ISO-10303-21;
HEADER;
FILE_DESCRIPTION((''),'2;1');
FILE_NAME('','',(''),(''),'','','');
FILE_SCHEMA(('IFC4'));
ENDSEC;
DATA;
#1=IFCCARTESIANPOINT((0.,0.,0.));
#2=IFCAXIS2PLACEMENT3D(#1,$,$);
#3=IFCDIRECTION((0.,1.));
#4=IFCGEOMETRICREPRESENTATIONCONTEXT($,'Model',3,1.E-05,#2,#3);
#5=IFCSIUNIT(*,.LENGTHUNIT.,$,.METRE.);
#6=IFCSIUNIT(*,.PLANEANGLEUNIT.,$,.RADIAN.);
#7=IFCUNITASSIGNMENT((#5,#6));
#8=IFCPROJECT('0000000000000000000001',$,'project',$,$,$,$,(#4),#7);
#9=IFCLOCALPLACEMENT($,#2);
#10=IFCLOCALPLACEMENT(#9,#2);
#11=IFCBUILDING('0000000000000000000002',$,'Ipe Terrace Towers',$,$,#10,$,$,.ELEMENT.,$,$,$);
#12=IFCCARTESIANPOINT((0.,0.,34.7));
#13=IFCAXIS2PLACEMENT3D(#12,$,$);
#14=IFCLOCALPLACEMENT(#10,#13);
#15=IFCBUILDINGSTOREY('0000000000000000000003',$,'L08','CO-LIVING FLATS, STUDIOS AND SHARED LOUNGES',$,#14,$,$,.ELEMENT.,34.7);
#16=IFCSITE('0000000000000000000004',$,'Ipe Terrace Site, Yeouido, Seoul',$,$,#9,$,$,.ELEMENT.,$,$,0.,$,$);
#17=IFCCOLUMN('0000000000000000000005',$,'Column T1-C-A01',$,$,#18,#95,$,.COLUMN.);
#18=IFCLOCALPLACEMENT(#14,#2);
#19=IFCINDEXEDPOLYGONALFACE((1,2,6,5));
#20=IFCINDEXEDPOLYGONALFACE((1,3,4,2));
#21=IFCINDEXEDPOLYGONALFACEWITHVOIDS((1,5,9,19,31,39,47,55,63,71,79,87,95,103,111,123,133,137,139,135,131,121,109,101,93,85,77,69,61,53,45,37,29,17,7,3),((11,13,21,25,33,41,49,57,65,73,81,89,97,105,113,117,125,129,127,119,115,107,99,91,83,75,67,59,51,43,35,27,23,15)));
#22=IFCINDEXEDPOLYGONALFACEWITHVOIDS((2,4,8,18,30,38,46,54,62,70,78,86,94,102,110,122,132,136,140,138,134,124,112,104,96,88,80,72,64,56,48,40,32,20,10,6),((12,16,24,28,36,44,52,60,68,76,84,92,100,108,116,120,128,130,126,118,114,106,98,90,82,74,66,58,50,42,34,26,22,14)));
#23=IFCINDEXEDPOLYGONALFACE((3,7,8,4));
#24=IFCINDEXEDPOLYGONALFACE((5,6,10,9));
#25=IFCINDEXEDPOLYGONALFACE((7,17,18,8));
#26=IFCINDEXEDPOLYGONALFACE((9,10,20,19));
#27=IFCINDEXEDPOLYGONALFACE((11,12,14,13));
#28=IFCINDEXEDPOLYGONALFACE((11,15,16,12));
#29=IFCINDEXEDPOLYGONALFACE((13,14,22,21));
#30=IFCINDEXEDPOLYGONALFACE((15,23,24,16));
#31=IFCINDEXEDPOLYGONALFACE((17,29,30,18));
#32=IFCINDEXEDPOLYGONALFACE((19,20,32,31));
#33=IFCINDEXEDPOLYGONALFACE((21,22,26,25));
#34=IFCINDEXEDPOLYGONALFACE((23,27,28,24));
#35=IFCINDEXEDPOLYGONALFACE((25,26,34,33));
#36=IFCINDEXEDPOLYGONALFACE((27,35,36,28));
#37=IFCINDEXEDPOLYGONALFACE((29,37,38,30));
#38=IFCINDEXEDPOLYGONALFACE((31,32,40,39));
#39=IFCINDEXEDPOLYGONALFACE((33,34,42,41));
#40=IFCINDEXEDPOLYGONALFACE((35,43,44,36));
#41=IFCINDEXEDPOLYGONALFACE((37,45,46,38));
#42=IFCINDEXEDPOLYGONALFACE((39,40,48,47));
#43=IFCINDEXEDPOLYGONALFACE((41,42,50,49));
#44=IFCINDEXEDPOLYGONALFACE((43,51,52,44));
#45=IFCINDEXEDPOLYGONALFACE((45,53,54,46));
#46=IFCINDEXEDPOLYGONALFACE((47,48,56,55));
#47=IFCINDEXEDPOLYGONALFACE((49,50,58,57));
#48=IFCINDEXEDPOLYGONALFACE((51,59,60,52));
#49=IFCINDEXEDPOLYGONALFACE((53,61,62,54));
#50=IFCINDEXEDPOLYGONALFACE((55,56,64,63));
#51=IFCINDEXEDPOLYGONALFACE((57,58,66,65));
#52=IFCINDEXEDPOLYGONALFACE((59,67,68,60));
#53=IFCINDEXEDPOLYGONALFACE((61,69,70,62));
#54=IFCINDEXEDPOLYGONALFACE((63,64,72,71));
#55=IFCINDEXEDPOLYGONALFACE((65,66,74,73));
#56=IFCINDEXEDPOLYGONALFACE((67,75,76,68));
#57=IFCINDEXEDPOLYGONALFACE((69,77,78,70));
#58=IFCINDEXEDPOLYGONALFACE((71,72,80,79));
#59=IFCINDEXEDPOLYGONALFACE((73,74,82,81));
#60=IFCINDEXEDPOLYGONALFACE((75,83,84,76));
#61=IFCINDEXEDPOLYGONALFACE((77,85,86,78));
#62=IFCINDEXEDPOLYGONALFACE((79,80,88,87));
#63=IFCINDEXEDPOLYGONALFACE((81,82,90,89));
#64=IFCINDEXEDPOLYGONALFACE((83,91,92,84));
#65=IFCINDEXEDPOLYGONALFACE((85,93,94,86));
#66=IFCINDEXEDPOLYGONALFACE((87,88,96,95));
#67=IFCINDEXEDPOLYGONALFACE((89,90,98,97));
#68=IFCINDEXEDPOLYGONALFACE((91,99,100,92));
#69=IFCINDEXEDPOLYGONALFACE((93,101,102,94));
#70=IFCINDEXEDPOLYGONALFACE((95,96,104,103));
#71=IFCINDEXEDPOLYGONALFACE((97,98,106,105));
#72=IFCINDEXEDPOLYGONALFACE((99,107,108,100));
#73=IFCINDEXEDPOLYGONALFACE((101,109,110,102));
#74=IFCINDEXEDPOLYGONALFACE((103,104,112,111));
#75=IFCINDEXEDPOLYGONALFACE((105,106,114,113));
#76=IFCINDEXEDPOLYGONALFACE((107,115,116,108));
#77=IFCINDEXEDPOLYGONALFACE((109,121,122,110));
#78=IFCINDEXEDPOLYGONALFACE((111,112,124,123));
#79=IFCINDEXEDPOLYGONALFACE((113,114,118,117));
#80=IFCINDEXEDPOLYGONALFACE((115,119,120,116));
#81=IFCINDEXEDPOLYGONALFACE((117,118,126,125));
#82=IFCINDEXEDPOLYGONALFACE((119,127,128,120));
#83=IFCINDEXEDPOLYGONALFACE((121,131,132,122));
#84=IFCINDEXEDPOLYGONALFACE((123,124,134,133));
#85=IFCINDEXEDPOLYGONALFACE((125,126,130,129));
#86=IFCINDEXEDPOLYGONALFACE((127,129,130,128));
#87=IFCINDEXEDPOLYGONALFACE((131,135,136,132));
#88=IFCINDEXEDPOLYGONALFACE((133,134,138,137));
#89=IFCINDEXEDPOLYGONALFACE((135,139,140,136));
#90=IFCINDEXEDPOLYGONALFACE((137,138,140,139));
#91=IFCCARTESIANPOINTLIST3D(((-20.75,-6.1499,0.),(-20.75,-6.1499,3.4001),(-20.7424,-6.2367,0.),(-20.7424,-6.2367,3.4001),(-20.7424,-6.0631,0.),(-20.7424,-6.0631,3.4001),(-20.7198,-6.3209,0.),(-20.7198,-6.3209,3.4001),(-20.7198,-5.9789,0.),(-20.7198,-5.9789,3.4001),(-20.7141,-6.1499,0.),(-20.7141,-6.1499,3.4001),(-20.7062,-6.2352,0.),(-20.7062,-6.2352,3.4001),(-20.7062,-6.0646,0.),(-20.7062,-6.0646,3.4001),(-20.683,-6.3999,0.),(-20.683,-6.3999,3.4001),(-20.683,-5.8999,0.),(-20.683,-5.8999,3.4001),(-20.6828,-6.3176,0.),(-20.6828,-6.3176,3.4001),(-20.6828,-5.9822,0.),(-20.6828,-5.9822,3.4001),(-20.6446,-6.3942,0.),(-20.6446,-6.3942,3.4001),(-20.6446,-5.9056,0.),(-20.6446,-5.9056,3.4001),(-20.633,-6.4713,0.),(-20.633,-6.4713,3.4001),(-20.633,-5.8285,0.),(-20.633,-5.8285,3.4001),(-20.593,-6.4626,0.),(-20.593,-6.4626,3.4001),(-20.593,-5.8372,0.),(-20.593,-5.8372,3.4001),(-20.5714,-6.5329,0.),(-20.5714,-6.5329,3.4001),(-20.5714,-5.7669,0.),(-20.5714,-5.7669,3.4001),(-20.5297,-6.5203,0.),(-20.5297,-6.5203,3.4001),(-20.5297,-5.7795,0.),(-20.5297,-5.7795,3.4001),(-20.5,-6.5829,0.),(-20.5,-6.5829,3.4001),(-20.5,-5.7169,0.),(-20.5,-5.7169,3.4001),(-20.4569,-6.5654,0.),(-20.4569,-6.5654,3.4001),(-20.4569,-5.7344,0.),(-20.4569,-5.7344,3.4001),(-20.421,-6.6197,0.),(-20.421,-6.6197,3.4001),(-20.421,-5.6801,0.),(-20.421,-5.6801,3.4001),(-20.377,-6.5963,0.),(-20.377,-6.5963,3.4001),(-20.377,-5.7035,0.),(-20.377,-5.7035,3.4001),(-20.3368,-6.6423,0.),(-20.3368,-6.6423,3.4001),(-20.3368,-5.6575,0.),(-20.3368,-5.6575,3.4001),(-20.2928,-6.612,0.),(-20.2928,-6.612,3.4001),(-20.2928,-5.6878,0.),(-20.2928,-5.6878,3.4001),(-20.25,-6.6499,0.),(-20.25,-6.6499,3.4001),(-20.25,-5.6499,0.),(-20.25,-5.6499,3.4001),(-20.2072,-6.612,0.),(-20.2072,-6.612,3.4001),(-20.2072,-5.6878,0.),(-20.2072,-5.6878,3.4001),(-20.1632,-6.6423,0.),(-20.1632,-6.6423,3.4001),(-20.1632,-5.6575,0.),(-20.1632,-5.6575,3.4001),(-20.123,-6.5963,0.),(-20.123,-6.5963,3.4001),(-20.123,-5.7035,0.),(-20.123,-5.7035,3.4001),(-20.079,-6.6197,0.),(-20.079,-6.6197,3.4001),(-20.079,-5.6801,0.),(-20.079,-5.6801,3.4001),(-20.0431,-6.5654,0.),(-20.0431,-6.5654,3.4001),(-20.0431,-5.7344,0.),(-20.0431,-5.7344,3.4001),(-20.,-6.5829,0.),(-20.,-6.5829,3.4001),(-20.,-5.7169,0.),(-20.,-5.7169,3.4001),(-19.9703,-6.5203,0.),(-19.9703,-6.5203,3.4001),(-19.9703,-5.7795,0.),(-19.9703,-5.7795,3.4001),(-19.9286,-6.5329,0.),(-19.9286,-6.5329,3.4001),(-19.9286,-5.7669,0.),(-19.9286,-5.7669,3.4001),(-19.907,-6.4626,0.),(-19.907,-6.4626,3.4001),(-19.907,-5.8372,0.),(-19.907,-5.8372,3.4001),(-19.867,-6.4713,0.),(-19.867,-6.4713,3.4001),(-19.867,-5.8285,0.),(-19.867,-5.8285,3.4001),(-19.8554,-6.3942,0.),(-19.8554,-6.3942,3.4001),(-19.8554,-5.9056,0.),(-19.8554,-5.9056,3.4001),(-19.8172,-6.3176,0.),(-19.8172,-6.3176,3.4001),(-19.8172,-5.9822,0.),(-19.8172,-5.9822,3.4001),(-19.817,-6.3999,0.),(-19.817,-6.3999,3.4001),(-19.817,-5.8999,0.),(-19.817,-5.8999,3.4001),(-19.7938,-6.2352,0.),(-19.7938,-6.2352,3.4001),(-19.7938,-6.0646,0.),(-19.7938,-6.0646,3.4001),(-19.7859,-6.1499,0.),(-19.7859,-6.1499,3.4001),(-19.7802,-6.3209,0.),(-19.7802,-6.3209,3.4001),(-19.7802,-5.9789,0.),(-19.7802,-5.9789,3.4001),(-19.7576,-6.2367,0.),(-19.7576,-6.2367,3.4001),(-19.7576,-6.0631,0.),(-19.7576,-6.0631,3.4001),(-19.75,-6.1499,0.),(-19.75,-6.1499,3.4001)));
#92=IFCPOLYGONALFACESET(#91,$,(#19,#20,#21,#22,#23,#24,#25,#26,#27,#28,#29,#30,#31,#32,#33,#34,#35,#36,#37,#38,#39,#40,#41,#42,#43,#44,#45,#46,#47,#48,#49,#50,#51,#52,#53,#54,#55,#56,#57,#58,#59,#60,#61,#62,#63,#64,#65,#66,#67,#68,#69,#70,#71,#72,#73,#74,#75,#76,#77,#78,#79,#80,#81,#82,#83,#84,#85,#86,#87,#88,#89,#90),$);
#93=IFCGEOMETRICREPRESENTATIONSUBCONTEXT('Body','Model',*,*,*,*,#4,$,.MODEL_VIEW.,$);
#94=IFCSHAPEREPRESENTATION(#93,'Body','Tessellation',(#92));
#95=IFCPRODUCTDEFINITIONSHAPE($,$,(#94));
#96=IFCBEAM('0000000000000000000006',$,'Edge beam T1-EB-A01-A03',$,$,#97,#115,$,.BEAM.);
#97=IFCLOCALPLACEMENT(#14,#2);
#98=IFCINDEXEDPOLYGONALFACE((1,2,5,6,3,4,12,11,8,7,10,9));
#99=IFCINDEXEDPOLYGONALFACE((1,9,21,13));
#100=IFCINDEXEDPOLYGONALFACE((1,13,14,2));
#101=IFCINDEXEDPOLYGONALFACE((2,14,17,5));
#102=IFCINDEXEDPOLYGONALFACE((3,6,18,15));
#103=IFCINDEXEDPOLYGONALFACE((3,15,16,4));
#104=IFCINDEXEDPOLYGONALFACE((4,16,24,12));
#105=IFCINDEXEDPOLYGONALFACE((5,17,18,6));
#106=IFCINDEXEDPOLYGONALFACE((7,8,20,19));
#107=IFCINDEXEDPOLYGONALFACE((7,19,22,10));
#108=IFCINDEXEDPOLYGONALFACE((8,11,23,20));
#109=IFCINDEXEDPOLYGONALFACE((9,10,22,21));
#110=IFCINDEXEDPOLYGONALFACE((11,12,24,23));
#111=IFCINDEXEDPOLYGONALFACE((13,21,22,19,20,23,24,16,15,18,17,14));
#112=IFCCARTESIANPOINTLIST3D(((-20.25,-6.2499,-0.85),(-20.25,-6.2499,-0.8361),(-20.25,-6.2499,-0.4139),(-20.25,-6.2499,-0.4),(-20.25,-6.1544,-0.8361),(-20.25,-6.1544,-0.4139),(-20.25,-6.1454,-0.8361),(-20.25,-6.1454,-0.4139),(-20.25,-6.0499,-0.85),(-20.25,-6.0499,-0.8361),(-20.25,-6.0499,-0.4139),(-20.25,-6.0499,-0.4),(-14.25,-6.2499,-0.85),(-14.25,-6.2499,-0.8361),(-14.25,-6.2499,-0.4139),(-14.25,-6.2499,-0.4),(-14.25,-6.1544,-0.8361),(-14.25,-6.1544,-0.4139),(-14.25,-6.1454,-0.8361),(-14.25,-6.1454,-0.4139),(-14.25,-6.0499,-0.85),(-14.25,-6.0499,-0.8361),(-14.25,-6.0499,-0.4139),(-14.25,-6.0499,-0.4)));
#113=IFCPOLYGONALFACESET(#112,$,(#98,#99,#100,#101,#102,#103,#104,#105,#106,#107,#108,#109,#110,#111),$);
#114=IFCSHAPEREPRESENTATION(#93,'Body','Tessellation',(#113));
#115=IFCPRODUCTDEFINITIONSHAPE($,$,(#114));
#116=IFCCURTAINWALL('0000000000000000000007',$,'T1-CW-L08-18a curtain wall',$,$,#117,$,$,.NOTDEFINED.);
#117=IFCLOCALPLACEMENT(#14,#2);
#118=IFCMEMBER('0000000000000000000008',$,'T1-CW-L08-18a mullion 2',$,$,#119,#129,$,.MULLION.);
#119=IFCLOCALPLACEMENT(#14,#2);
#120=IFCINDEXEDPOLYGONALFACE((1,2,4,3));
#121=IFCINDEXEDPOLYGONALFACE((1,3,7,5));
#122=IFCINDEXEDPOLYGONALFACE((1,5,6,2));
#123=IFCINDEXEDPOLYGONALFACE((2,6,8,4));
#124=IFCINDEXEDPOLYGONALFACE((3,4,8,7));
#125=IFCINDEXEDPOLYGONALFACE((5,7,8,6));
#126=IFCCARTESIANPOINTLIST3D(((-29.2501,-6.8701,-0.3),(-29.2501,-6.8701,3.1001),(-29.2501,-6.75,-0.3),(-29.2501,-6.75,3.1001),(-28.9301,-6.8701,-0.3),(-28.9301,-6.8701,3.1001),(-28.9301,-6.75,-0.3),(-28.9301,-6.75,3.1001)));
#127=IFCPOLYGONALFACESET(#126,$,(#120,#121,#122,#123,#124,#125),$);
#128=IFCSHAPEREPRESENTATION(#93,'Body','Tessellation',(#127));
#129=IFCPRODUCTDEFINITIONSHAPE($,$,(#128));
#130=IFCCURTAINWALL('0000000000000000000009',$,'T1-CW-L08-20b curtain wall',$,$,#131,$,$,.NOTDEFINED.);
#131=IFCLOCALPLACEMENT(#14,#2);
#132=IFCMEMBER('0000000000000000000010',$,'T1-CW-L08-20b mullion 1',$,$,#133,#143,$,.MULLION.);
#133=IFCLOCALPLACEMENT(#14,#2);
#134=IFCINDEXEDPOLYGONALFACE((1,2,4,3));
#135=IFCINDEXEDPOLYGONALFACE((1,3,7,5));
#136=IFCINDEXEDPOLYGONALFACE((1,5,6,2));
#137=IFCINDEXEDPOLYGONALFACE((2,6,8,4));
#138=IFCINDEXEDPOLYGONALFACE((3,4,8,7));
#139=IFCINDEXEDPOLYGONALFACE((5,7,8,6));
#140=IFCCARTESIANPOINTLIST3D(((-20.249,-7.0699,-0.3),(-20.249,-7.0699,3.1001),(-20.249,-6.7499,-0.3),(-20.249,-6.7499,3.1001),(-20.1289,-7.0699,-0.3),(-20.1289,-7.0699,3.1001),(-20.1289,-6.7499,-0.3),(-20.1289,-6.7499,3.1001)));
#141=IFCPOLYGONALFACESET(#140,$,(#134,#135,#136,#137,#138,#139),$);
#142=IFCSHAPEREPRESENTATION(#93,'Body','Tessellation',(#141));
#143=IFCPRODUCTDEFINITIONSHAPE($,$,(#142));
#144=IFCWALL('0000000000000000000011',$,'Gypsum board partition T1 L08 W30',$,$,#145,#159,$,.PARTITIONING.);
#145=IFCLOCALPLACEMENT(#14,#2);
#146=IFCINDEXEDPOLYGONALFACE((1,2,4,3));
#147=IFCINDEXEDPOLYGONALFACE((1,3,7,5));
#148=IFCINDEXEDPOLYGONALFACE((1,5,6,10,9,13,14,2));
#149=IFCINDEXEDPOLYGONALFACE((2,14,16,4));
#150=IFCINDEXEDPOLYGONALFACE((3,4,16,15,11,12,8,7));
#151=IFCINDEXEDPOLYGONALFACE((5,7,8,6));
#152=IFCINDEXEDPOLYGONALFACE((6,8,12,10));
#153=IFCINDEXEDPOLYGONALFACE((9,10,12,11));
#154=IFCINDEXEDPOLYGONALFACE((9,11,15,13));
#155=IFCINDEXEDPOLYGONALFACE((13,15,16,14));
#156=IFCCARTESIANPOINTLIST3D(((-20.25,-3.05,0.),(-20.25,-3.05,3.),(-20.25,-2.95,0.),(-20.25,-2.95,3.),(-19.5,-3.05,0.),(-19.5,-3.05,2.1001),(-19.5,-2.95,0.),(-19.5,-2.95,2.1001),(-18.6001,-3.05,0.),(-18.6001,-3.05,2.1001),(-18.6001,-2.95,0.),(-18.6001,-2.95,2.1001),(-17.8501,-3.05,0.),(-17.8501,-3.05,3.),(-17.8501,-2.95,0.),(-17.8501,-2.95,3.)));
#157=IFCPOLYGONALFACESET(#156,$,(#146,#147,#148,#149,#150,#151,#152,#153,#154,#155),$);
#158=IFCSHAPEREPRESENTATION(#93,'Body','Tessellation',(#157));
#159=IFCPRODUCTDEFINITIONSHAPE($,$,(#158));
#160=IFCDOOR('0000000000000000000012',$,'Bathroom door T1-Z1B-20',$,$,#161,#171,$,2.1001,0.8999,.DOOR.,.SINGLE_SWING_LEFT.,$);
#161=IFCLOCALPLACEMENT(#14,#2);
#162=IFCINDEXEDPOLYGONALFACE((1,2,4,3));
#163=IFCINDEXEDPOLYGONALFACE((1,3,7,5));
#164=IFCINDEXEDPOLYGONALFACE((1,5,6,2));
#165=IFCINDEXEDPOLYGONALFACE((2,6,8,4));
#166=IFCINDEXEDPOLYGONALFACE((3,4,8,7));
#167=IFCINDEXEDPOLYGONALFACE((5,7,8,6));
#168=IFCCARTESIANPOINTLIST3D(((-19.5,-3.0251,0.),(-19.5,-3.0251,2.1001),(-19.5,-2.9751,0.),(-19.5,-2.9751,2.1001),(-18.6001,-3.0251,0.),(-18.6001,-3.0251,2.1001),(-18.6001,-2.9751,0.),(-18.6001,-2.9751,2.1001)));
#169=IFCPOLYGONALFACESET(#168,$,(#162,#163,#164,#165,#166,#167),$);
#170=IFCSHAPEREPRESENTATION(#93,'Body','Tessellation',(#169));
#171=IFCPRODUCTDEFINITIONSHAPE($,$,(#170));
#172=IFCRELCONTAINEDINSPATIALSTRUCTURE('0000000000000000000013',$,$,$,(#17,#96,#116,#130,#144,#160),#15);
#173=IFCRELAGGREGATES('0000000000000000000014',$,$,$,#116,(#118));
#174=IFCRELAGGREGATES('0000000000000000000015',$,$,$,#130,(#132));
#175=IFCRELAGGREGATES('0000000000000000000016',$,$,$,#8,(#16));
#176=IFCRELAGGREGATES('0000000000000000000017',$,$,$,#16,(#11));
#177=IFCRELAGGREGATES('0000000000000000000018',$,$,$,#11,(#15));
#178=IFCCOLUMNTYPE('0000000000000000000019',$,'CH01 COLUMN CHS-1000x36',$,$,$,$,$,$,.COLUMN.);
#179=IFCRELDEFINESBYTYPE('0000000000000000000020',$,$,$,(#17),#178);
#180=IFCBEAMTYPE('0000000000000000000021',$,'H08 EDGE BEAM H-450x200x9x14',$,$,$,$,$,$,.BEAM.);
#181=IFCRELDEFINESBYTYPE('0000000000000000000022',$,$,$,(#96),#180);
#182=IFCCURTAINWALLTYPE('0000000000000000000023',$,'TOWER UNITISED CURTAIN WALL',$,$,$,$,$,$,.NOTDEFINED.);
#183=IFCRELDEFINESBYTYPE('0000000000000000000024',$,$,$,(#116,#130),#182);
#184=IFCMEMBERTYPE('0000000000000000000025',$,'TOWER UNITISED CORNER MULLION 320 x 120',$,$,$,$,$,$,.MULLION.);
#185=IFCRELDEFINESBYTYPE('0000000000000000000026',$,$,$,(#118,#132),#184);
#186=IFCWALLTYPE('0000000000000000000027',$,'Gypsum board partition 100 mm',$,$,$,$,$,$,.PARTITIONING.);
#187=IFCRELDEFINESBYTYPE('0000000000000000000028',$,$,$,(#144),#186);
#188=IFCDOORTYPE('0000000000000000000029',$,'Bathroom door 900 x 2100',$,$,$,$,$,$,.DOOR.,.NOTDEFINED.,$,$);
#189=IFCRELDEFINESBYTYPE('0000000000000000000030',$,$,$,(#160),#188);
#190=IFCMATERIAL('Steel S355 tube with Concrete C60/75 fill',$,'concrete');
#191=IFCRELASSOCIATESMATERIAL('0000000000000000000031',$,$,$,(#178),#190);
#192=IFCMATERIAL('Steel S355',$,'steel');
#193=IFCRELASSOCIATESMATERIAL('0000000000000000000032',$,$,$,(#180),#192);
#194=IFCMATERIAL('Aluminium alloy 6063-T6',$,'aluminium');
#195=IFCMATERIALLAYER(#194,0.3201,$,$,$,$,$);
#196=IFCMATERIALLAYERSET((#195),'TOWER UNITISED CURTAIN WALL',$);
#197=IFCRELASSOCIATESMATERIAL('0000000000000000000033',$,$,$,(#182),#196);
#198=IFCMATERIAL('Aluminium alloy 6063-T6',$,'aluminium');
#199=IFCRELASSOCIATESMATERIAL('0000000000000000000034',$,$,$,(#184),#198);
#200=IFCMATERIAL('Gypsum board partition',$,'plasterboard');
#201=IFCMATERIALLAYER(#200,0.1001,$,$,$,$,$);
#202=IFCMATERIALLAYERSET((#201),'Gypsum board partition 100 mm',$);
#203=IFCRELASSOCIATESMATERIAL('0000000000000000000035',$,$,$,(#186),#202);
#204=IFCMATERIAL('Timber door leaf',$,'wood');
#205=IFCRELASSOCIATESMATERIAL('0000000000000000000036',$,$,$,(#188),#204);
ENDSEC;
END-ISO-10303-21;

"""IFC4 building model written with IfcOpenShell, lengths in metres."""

from ifc_helpers import new_model, si_unit, direction, frame, frame_2d, origin, origin_2d, place, context, subcontext, project, spatial, rectangle, hollow_circle, i_section, extrude, material, layer, layer_set, material_profile, profile_set, type_object, element, fill, aggregate, save


model = new_model("IFC4")

# Units and contexts
model_context = context("Model", 3, precision=1e-05, world=origin(), true_north=direction((0.0, 1.0)))
body_context = subcontext(model_context, "Body", "Model", "MODEL_VIEW")
ifc_project = project(units=[si_unit("LENGTHUNIT", "METRE"), si_unit("PLANEANGLEUNIT", "RADIAN")], contexts=[model_context])

# Site, building, storey
site_placement = place(None, origin())
site = spatial("IfcSite", under=ifc_project, at=site_placement, Name="Ipe Terrace Site, Yeouido, Seoul", CompositionType="ELEMENT", RefElevation=0.0)
building_placement = place(site_placement, origin())
building = spatial("IfcBuilding", under=site, at=building_placement, Name="Ipe Terrace Towers", CompositionType="ELEMENT")
storey_placement = place(building_placement, frame((0.0, 0.0, 34.7)))
storey = spatial("IfcBuildingStorey", under=building, at=storey_placement, Name="L08", Description="CO-LIVING FLATS, STUDIOS AND SHARED LOUNGES", CompositionType="ELEMENT", Elevation=34.7)

# Column
ifc_material_1 = material(Name="Steel S355 tube with Concrete C60/75 fill", Category="concrete")
ifc_material_profile_1 = material_profile(ifc_material_1, hollow_circle(Radius=0.5, WallThickness=0.0359, at=origin_2d()), Name="CHS-1000x36")
ifc_profile_set_1 = profile_set([ifc_material_profile_1], Name="Steel S355 tube with Concrete C60/75 fill")
column_type = type_object("IfcColumnType", Name="CH01 COLUMN CHS-1000x36", PredefinedType="COLUMN", material=ifc_profile_set_1)
column_placement = place(storey_placement, frame((-20.25, -6.1499, 0.0), z_axis=(0.0, 0.0, 1.0), x_axis=(1.0, 0.0, 0.0)))
element("IfcColumn", 1, at=column_placement, inside=storey, type_object=column_type, Name="Column T1-C-A01", PredefinedType="COLUMN", context=body_context, shape_type="SweptSolid", body=[
    extrude(hollow_circle(Radius=0.5, WallThickness=0.0359, at=origin_2d()), origin(), (0.0, 0.0, 1.0), 3.4001),
])

# Beam
ifc_material_2 = material(Name="Steel S355", Category="steel")
ifc_material_profile_2 = material_profile(ifc_material_2, i_section(OverallWidth=0.2, OverallDepth=0.45, WebThickness=0.009, FlangeThickness=0.0139, at=origin_2d()), Name="H-450x200x9x14")
ifc_profile_set_2 = profile_set([ifc_material_profile_2], Name="Steel S355")
beam_type = type_object("IfcBeamType", Name="H08 EDGE BEAM H-450x200x9x14", PredefinedType="BEAM", material=ifc_profile_set_2)
beam_placement = place(storey_placement, frame((-20.25, -6.1499, -0.625), z_axis=(1.0, 0.0, 0.0), x_axis=(0.0, 1.0, 0.0)))
element("IfcBeam", 2, at=beam_placement, inside=storey, type_object=beam_type, Name="Edge beam T1-EB-A01-A03", PredefinedType="BEAM", context=body_context, shape_type="SweptSolid", body=[
    extrude(i_section(OverallWidth=0.2, OverallDepth=0.45, WebThickness=0.009, FlangeThickness=0.0139, at=origin_2d()), origin(), (0.0, 0.0, 1.0), 6.0),
])

# Curtain walls, members
ifc_material_3 = material(Name="Aluminium alloy 6063-T6", Category="aluminium")
ifc_layer_1 = layer(ifc_material_3, 0.3201)
ifc_layer_set_1 = layer_set([ifc_layer_1], Name="TOWER UNITISED CURTAIN WALL")
curtain_wall_type = type_object("IfcCurtainWallType", Name="TOWER UNITISED CURTAIN WALL", PredefinedType="NOTDEFINED", material=ifc_layer_set_1)
curtain_wall_1_placement = place(storey_placement, origin())
curtain_wall_1 = element("IfcCurtainWall", 3, at=curtain_wall_1_placement, inside=storey, type_object=curtain_wall_type, Name="T1-CW-L08-18a curtain wall", PredefinedType="NOTDEFINED")
ifc_material_4 = material(Name="Aluminium alloy 6063-T6", Category="aluminium")
ifc_material_profile_3 = material_profile(ifc_material_4, rectangle(XDim=0.3201, YDim=0.1201, at=origin_2d()), Name="TOWER UNITISED CORNER MULLION 320 x 120")
ifc_profile_set_3 = profile_set([ifc_material_profile_3], Name="Aluminium alloy 6063-T6")
member_type = type_object("IfcMemberType", Name="TOWER UNITISED CORNER MULLION 320 x 120", PredefinedType="MULLION", material=ifc_profile_set_3)
member_1_placement = place(storey_placement, frame((-29.0901, -6.8101, -0.3), z_axis=(0.0, 0.0, 1.0), x_axis=(1.0, 0.0, 0.0)))
member_1 = element("IfcMember", 4, at=member_1_placement, type_object=member_type, Name="T1-CW-L08-18a mullion 2", PredefinedType="MULLION", context=body_context, shape_type="SweptSolid", body=[
    extrude(rectangle(XDim=0.3201, YDim=0.1201, at=origin_2d()), origin(), (0.0, 0.0, 1.0), 3.4001),
])
aggregate(curtain_wall_1, [member_1])
curtain_wall_2_placement = place(storey_placement, origin())
curtain_wall_2 = element("IfcCurtainWall", 5, at=curtain_wall_2_placement, inside=storey, type_object=curtain_wall_type, Name="T1-CW-L08-20b curtain wall", PredefinedType="NOTDEFINED")
member_2_placement = place(storey_placement, frame((-20.189, -6.9099, -0.3), z_axis=(0.0, 0.0, 1.0), x_axis=(0.0, -1.0, 0.0)))
member_2 = element("IfcMember", 6, at=member_2_placement, type_object=member_type, Name="T1-CW-L08-20b mullion 1", PredefinedType="MULLION", context=body_context, shape_type="SweptSolid", body=[
    extrude(rectangle(XDim=0.3201, YDim=0.1201, at=origin_2d()), origin(), (0.0, 0.0, 1.0), 3.4001),
])
aggregate(curtain_wall_2, [member_2])

# Wall, opening, door
ifc_material_5 = material(Name="Gypsum board partition", Category="plasterboard")
ifc_layer_2 = layer(ifc_material_5, 0.1001)
ifc_layer_set_2 = layer_set([ifc_layer_2], Name="Gypsum board partition 100 mm")
wall_type_1 = type_object("IfcWallType", Name="Gypsum board partition 100 mm", PredefinedType="PARTITIONING", material=ifc_layer_set_2)
wall_1_placement = place(storey_placement, frame((-20.25, -3.0, 0.0), z_axis=(0.0, 0.0, 1.0), x_axis=(1.0, 0.0, 0.0)))
wall_1 = element("IfcWall", 7, at=wall_1_placement, inside=storey, type_object=wall_type_1, Name="Gypsum board partition T1 L08 W30", PredefinedType="PARTITIONING", context=body_context, shape_type="SweptSolid", body=[
    extrude(rectangle(XDim=2.3999, YDim=0.1001, at=frame_2d((1.2, 0.0))), origin(), (0.0, 0.0, 1.0), 3.0),
])
opening_1_placement = place(wall_1_placement, frame((0.75, 0.0, 0.0)))
opening_1 = element("IfcOpeningElement", 8, at=opening_1_placement, cuts=wall_1, PredefinedType="OPENING", context=body_context, shape_type="SweptSolid", body=[
    extrude(rectangle(XDim=0.8999, YDim=2.1001, at=frame_2d((0.45, 1.05))), frame((0.0, 0.0601, 0.0), z_axis=(0.0, -1.0, 0.0), x_axis=(1.0, 0.0, 0.0)), (0.0, 0.0, 1.0), 0.1201),
])
ifc_material_6 = material(Name="Timber door leaf", Category="wood")
door_type_1 = type_object("IfcDoorType", Name="Bathroom door 900 x 2100", OperationType="NOTDEFINED", PredefinedType="DOOR", material=ifc_material_6)
door_1_placement = place(opening_1_placement, origin())
door_1 = element("IfcDoor", 9, at=door_1_placement, inside=storey, type_object=door_type_1, Name="Bathroom door T1-Z1B-20", OperationType="SINGLE_SWING_LEFT", OverallHeight=2.1001, OverallWidth=0.8999, PredefinedType="DOOR", context=body_context, shape_type="SweptSolid", body=[
    extrude(rectangle(XDim=0.8999, YDim=2.1001, at=frame_2d((0.45, 1.05))), frame((0.0, 0.0249, 0.0), z_axis=(0.0, -1.0, 0.0), x_axis=(1.0, 0.0, 0.0)), (0.0, 0.0, 1.0), 0.05),
])
fill(opening_1, door_1)

save(model, "model.ifc")
